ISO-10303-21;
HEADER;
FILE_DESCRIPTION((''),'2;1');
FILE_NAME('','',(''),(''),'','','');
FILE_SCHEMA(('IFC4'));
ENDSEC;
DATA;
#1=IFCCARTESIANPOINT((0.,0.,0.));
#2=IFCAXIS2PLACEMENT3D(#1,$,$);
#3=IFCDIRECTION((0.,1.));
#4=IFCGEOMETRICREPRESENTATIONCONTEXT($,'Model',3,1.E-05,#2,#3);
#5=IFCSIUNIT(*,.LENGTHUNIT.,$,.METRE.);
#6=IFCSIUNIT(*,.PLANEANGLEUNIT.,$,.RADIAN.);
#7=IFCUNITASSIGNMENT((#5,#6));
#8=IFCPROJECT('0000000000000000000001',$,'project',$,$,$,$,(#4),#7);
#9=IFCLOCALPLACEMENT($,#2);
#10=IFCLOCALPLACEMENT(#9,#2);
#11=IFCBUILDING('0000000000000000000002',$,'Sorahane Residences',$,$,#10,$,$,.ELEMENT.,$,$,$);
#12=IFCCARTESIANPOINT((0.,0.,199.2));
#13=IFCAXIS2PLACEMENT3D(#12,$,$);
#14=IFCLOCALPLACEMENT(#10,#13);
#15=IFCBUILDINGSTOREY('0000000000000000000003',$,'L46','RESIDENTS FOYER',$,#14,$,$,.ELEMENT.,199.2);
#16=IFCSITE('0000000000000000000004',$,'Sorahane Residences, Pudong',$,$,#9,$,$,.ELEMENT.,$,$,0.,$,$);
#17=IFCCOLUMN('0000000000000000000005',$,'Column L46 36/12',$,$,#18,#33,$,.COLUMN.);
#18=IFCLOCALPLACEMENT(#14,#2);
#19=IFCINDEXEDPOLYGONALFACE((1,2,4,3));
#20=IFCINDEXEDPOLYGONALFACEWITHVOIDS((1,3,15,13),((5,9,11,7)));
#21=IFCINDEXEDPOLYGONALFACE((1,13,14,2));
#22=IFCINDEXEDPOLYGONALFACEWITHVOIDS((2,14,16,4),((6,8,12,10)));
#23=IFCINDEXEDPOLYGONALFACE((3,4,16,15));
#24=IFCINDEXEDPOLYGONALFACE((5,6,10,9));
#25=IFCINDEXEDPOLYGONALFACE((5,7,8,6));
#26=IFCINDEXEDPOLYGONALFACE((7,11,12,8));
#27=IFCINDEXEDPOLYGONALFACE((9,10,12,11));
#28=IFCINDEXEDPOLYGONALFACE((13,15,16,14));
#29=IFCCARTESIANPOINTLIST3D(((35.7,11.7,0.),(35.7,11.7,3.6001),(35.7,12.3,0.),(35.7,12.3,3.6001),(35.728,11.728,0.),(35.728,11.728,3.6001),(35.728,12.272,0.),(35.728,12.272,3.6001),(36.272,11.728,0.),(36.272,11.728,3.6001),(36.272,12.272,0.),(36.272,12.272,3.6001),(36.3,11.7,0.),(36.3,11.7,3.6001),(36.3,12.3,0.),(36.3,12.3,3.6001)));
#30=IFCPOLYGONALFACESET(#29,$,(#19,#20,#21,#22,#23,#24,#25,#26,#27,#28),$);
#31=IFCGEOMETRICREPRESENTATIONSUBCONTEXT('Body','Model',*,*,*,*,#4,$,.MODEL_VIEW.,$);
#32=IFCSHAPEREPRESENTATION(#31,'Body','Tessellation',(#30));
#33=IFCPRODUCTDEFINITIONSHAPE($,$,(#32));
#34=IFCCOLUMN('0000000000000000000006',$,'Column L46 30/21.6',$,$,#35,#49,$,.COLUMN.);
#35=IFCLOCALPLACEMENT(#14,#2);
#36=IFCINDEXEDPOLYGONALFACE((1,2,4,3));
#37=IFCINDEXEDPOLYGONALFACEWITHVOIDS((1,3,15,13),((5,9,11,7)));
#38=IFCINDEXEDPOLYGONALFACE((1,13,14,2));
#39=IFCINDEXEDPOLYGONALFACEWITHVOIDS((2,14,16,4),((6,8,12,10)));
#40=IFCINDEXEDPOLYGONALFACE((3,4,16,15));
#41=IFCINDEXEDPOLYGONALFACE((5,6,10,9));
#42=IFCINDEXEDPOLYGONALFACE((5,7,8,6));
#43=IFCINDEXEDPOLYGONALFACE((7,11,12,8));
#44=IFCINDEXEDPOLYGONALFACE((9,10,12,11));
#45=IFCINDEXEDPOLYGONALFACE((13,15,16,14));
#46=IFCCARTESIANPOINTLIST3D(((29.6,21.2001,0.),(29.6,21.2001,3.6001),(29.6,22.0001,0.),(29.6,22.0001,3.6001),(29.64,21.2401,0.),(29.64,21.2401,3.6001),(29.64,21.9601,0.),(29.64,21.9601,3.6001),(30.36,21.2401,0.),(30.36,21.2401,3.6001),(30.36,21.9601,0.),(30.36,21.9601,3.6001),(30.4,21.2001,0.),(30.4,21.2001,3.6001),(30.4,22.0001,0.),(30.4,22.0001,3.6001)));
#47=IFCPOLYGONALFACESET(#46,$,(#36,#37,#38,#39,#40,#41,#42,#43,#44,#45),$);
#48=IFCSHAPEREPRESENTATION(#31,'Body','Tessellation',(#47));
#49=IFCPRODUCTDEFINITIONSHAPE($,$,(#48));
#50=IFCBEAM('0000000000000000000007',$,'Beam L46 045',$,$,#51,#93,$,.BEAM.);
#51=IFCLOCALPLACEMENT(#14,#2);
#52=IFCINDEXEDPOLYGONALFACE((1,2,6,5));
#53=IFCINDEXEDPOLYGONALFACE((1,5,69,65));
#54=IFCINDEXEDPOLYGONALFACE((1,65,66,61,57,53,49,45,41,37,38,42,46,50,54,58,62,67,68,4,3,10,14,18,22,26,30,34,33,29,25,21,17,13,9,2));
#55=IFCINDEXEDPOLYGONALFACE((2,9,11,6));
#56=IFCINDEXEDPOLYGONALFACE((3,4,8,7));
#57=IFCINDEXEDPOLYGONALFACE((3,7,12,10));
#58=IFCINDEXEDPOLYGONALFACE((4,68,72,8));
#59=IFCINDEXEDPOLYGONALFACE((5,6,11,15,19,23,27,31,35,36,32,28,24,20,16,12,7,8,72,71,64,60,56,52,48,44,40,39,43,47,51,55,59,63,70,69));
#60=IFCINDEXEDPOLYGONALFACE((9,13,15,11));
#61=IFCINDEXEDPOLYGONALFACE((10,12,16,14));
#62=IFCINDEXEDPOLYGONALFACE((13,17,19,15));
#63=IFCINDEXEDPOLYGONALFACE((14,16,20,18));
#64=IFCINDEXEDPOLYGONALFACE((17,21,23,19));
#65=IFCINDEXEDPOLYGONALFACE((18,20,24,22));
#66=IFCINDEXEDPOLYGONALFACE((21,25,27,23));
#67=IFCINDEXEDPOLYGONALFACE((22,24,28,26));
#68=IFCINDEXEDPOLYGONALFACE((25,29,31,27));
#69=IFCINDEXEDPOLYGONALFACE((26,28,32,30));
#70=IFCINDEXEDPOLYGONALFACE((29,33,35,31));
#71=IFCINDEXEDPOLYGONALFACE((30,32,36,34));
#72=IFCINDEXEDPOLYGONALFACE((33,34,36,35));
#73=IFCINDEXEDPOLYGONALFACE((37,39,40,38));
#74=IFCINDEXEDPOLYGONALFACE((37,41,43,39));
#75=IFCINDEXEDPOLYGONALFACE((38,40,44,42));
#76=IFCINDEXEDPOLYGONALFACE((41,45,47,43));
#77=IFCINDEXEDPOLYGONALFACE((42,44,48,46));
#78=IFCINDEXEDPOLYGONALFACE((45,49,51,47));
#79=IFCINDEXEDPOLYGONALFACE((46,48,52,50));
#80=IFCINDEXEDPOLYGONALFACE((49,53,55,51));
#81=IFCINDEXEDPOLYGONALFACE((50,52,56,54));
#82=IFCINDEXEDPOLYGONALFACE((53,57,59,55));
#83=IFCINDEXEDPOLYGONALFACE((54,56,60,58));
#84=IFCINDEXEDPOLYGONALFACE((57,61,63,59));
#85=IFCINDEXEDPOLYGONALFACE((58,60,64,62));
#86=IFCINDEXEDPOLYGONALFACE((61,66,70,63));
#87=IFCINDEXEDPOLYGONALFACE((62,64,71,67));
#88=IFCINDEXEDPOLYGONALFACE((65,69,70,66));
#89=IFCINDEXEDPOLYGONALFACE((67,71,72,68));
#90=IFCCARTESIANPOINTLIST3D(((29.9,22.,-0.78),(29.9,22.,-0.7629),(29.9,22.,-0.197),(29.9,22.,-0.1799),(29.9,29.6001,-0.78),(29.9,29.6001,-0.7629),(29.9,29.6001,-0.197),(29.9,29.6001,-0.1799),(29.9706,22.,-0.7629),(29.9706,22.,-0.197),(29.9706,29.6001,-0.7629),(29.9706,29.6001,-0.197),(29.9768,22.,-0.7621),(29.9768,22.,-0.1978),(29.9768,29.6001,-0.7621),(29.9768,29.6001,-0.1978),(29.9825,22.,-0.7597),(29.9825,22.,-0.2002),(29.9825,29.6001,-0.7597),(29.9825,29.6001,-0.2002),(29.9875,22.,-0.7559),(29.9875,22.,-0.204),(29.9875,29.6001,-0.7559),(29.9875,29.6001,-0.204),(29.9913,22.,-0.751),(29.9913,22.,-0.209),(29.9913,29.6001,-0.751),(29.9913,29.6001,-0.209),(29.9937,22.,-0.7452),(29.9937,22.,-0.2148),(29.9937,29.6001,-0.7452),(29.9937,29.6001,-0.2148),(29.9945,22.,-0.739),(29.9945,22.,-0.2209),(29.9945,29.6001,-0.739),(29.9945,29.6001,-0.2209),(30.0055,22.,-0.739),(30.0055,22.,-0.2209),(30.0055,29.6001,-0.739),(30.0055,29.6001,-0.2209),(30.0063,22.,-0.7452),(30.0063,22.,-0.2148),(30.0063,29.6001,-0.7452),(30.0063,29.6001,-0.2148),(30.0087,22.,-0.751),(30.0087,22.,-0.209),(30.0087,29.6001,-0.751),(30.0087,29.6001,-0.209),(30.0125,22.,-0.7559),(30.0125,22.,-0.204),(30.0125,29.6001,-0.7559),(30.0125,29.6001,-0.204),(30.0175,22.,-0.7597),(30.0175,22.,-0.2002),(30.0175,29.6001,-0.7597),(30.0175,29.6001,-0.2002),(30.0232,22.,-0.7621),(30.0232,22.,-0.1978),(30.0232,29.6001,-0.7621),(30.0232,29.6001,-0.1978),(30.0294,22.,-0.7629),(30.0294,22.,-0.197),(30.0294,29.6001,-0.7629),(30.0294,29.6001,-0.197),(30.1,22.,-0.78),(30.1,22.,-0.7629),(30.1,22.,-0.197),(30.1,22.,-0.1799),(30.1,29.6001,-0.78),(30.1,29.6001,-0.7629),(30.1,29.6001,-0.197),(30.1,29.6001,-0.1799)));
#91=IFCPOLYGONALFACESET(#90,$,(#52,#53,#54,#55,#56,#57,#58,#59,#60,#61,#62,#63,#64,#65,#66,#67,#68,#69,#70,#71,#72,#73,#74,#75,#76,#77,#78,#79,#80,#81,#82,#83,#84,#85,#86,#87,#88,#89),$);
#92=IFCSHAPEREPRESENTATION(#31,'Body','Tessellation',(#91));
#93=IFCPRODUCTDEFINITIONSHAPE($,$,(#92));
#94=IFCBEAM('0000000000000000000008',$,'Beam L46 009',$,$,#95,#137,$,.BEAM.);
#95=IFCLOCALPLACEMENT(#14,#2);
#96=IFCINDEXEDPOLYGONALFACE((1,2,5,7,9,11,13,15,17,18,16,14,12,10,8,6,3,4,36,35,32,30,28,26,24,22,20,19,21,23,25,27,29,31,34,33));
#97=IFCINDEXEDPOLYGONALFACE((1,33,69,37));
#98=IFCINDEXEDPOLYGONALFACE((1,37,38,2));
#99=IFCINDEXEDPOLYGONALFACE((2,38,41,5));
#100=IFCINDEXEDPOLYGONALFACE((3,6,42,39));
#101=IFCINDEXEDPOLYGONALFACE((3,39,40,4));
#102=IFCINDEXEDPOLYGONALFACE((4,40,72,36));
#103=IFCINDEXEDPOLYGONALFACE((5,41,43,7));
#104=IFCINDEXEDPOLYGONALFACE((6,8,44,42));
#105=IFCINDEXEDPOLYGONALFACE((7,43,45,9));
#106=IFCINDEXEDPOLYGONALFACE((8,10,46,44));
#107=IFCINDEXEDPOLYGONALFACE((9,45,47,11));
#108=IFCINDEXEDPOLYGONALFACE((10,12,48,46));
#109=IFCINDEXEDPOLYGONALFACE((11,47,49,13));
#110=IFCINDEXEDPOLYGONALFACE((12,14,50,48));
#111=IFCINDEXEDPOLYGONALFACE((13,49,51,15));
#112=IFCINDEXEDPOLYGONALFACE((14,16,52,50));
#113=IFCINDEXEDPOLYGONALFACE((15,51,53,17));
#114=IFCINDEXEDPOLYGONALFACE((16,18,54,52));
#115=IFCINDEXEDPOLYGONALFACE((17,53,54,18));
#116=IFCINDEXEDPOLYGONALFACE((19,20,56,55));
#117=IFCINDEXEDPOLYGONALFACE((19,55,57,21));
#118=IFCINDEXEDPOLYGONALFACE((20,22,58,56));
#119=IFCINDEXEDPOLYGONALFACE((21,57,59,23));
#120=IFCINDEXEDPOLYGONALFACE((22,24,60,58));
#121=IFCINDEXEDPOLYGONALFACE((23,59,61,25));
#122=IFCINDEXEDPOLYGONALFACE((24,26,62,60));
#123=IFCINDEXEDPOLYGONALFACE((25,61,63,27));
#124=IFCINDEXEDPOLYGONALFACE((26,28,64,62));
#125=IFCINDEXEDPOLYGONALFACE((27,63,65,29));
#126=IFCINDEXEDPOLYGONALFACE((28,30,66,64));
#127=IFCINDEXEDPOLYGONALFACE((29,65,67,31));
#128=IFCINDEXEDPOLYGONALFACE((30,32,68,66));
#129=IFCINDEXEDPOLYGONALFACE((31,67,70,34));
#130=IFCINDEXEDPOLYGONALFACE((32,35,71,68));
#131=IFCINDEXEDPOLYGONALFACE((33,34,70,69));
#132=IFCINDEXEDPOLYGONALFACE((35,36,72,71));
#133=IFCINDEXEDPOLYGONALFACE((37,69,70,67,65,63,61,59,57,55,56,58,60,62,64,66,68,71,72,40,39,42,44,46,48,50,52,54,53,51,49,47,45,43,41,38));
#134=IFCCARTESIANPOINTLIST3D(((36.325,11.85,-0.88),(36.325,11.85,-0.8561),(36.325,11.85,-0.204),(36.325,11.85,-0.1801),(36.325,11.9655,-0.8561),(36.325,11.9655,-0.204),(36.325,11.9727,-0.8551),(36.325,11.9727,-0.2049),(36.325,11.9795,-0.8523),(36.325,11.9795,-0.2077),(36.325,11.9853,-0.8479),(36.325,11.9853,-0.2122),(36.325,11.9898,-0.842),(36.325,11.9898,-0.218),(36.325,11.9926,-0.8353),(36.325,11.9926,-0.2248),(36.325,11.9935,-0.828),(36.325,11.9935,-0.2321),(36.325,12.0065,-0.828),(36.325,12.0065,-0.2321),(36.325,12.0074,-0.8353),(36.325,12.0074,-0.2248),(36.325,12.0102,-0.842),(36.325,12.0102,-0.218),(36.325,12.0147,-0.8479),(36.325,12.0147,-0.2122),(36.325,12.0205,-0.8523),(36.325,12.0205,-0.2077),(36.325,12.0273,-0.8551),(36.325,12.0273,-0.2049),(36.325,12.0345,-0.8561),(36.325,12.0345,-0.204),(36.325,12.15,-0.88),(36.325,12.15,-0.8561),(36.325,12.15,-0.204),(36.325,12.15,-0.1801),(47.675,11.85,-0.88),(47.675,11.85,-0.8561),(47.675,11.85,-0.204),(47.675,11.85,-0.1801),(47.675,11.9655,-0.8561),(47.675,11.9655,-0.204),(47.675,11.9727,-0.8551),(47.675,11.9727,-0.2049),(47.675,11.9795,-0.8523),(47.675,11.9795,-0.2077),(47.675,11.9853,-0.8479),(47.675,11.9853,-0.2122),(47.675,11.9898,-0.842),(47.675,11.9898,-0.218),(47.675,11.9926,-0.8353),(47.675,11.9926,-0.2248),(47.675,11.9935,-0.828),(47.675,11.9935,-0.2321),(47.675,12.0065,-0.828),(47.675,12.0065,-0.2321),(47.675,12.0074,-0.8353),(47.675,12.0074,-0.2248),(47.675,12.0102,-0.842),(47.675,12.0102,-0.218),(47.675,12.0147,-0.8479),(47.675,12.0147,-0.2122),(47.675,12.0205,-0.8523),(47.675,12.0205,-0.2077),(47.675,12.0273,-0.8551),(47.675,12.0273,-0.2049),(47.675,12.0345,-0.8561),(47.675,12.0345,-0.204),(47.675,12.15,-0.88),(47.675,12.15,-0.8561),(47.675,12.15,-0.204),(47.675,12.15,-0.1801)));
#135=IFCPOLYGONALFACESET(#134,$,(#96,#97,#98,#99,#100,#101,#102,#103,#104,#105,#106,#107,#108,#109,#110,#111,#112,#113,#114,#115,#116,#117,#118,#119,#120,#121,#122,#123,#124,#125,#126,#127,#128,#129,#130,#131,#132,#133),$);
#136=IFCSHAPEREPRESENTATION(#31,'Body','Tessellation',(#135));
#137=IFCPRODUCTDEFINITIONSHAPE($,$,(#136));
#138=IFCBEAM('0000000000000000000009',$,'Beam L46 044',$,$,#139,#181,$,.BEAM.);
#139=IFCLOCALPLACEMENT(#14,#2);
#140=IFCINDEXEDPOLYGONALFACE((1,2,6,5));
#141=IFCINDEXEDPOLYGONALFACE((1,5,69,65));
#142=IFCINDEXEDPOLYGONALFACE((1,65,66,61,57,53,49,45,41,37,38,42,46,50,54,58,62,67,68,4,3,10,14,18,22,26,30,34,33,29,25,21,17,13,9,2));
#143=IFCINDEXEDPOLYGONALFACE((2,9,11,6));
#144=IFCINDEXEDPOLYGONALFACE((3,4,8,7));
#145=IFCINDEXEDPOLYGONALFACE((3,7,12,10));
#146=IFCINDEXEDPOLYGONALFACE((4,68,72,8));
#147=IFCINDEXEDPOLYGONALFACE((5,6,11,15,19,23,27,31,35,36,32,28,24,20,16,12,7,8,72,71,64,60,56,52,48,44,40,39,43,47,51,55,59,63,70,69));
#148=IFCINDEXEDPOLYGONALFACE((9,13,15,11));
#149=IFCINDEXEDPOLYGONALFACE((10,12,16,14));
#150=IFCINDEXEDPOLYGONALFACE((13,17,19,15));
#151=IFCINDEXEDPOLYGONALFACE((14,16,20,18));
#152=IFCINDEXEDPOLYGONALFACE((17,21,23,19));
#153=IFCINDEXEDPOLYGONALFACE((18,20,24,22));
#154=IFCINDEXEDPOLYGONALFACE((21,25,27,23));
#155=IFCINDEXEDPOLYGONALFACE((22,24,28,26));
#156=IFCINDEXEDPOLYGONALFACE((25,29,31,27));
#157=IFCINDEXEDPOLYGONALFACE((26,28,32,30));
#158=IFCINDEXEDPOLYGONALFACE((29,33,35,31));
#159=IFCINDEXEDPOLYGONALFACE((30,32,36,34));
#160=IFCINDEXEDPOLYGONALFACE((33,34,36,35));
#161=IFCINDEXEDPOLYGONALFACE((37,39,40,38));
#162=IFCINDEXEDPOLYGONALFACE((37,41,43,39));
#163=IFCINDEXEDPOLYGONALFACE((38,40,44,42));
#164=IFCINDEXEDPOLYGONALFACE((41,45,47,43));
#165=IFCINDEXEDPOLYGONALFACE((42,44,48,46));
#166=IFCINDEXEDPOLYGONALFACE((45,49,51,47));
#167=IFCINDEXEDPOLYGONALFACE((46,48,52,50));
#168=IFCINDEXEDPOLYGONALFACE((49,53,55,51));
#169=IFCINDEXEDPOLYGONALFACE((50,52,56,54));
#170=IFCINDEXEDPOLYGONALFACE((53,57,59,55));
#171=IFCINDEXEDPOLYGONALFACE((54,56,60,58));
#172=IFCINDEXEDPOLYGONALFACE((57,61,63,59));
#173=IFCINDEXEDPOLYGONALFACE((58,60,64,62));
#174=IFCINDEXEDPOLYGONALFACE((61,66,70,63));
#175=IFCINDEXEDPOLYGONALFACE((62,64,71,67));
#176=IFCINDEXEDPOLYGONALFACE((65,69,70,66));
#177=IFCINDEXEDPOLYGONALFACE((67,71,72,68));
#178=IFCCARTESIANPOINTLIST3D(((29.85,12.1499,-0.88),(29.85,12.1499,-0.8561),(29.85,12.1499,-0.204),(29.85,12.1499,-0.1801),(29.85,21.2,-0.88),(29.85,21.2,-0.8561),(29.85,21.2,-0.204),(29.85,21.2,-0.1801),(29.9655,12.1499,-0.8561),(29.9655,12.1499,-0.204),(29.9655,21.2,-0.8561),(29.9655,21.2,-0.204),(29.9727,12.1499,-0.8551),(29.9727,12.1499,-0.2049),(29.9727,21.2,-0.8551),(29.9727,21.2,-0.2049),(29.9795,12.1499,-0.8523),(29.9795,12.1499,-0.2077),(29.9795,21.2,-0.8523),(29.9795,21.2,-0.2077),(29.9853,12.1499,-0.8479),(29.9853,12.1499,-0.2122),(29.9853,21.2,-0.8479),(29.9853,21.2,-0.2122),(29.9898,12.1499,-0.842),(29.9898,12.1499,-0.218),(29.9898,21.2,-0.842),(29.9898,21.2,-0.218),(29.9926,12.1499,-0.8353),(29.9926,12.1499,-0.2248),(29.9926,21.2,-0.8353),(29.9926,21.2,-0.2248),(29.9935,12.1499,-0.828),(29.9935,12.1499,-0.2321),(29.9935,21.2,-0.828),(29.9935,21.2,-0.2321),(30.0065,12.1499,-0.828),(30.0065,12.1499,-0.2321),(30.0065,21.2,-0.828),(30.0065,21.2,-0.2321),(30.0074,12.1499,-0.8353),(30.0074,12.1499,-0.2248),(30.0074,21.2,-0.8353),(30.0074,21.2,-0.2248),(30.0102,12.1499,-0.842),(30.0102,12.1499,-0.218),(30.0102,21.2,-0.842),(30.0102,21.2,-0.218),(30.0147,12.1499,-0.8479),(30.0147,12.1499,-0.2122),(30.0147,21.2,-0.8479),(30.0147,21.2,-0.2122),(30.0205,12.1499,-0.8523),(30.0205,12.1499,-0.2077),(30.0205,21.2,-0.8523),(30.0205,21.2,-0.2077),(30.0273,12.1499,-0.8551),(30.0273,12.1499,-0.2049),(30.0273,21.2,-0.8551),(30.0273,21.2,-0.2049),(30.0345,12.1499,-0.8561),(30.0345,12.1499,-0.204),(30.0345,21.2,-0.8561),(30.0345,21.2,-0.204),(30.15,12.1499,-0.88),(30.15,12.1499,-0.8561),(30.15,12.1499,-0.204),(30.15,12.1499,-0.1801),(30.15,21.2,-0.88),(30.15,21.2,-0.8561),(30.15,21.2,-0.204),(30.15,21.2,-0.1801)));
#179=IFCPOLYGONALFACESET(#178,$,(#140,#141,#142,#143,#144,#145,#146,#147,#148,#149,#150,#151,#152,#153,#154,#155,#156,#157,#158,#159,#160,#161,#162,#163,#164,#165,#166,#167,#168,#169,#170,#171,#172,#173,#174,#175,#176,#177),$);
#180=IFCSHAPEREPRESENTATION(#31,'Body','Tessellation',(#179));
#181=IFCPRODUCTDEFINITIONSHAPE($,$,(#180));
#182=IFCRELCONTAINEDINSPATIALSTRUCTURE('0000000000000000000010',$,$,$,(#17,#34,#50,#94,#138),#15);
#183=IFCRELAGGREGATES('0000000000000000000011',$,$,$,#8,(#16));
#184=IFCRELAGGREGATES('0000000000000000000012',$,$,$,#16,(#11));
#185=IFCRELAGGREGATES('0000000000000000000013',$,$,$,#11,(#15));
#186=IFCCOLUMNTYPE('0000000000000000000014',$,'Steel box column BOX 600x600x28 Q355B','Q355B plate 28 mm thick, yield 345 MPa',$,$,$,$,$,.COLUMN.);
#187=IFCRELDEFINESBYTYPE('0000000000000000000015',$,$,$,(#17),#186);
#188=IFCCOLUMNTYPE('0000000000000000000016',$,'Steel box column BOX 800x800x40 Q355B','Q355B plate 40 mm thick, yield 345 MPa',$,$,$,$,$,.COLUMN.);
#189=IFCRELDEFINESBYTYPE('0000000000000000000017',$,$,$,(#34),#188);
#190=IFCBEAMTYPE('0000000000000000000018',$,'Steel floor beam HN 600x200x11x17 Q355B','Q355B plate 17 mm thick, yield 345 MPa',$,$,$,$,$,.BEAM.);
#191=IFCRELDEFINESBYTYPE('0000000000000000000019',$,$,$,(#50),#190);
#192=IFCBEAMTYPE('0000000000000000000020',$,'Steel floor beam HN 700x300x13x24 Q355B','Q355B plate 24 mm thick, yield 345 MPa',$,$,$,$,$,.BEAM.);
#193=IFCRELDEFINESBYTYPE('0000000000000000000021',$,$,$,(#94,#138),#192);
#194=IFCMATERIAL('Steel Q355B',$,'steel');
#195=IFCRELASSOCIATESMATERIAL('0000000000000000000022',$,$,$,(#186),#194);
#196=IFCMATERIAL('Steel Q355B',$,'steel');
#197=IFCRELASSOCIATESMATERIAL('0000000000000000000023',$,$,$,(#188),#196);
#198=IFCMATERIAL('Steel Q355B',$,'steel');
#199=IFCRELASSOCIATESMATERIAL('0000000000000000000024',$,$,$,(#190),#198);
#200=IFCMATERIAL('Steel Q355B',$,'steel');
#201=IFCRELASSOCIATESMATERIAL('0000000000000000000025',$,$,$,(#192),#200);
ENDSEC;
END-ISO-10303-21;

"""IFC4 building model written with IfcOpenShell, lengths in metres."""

from ifc_helpers import new_model, si_unit, direction, frame, origin, origin_2d, place, context, subcontext, project, spatial, hollow_rectangle, i_section, extrude, material, material_profile, profile_set, type_object, element, save


model = new_model("IFC4")

# Units and contexts
model_context = context("Model", 3, precision=1e-05, world=origin(), true_north=direction((0.0, 1.0)))
body_context = subcontext(model_context, "Body", "Model", "MODEL_VIEW")
ifc_project = project(units=[si_unit("LENGTHUNIT", "METRE"), si_unit("PLANEANGLEUNIT", "RADIAN")], contexts=[model_context])

# Site, building, storey
site_placement = place(None, origin())
site = spatial("IfcSite", under=ifc_project, at=site_placement, Name="Sorahane Residences, Pudong", CompositionType="ELEMENT", RefElevation=0.0)
building_placement = place(site_placement, origin())
building = spatial("IfcBuilding", under=site, at=building_placement, Name="Sorahane Residences", CompositionType="ELEMENT")
storey_placement = place(building_placement, frame((0.0, 0.0, 199.2)))
storey = spatial("IfcBuildingStorey", under=building, at=storey_placement, Name="L46", Description="RESIDENTS FOYER", CompositionType="ELEMENT", Elevation=199.2)

# Columns
ifc_material_1 = material(Name="Steel Q355B", Category="steel")
ifc_material_profile_1 = material_profile(ifc_material_1, hollow_rectangle(XDim=0.6001, YDim=0.6001, WallThickness=0.0281, at=origin_2d()), Name="BOX 600x600x28")
ifc_profile_set_1 = profile_set([ifc_material_profile_1], Name="Steel Q355B")
column_type_1 = type_object("IfcColumnType", Name="Steel box column BOX 600x600x28 Q355B", Description="Q355B plate 28 mm thick, yield 345 MPa", PredefinedType="COLUMN", material=ifc_profile_set_1)
column_1_placement = place(storey_placement, frame((36.0, 12.0, 0.0), z_axis=(0.0, 0.0, 1.0), x_axis=(1.0, 0.0, 0.0)))
element("IfcColumn", 1, at=column_1_placement, inside=storey, type_object=column_type_1, Name="Column L46 36/12", PredefinedType="COLUMN", context=body_context, shape_type="SweptSolid", body=[
    extrude(hollow_rectangle(XDim=0.6001, YDim=0.6001, WallThickness=0.0281, at=origin_2d()), origin(), (0.0, 0.0, 1.0), 3.6001),
])
ifc_material_2 = material(Name="Steel Q355B", Category="steel")
ifc_material_profile_2 = material_profile(ifc_material_2, hollow_rectangle(XDim=0.8, YDim=0.8, WallThickness=0.04, at=origin_2d()), Name="BOX 800x800x40")
ifc_profile_set_2 = profile_set([ifc_material_profile_2], Name="Steel Q355B")
column_type_2 = type_object("IfcColumnType", Name="Steel box column BOX 800x800x40 Q355B", Description="Q355B plate 40 mm thick, yield 345 MPa", PredefinedType="COLUMN", material=ifc_profile_set_2)
column_2_placement = place(storey_placement, frame((30.0, 21.6001, 0.0), z_axis=(0.0, 0.0, 1.0), x_axis=(1.0, 0.0, 0.0)))
element("IfcColumn", 2, at=column_2_placement, inside=storey, type_object=column_type_2, Name="Column L46 30/21.6", PredefinedType="COLUMN", context=body_context, shape_type="SweptSolid", body=[
    extrude(hollow_rectangle(XDim=0.8, YDim=0.8, WallThickness=0.04, at=origin_2d()), origin(), (0.0, 0.0, 1.0), 3.6001),
])

# Beams
ifc_material_3 = material(Name="Steel Q355B", Category="steel")
ifc_material_profile_3 = material_profile(ifc_material_3, i_section(OverallWidth=0.2, OverallDepth=0.6001, WebThickness=0.011, FlangeThickness=0.0171, FilletRadius=0.0239, at=origin_2d()), Name="HN 600x200x11x17")
ifc_profile_set_3 = profile_set([ifc_material_profile_3], Name="Steel Q355B")
beam_type_1 = type_object("IfcBeamType", Name="Steel floor beam HN 600x200x11x17 Q355B", Description="Q355B plate 17 mm thick, yield 345 MPa", PredefinedType="BEAM", material=ifc_profile_set_3)
beam_1_placement = place(storey_placement, frame((30.0, 22.0, -0.48), z_axis=(0.0, 1.0, 0.0), x_axis=(-1.0, 0.0, 0.0)))
element("IfcBeam", 3, at=beam_1_placement, inside=storey, type_object=beam_type_1, Name="Beam L46 045", PredefinedType="BEAM", context=body_context, shape_type="SweptSolid", body=[
    extrude(i_section(OverallWidth=0.2, OverallDepth=0.6001, WebThickness=0.011, FlangeThickness=0.0171, FilletRadius=0.0239, at=origin_2d()), origin(), (0.0, 0.0, 1.0), 7.6001),
])
ifc_material_4 = material(Name="Steel Q355B", Category="steel")
ifc_material_profile_4 = material_profile(ifc_material_4, i_section(OverallWidth=0.3, OverallDepth=0.7, WebThickness=0.0129, FlangeThickness=0.0239, FilletRadius=0.0281, at=origin_2d()), Name="HN 700x300x13x24")
ifc_profile_set_4 = profile_set([ifc_material_profile_4], Name="Steel Q355B")
beam_type_2 = type_object("IfcBeamType", Name="Steel floor beam HN 700x300x13x24 Q355B", Description="Q355B plate 24 mm thick, yield 345 MPa", PredefinedType="BEAM", material=ifc_profile_set_4)
beam_2_placement = place(storey_placement, frame((36.325, 12.0, -0.53), z_axis=(1.0, 0.0, 0.0), x_axis=(0.0, 1.0, 0.0)))
element("IfcBeam", 4, at=beam_2_placement, inside=storey, type_object=beam_type_2, Name="Beam L46 009", PredefinedType="BEAM", context=body_context, shape_type="SweptSolid", body=[
    extrude(i_section(OverallWidth=0.3, OverallDepth=0.7, WebThickness=0.0129, FlangeThickness=0.0239, FilletRadius=0.0281, at=origin_2d()), origin(), (0.0, 0.0, 1.0), 11.3501),
])
beam_3_placement = place(storey_placement, frame((30.0, 12.1499, -0.53), z_axis=(0.0, 1.0, 0.0), x_axis=(-1.0, 0.0, 0.0)))
element("IfcBeam", 5, at=beam_3_placement, inside=storey, type_object=beam_type_2, Name="Beam L46 044", PredefinedType="BEAM", context=body_context, shape_type="SweptSolid", body=[
    extrude(i_section(OverallWidth=0.3, OverallDepth=0.7, WebThickness=0.0129, FlangeThickness=0.0239, FilletRadius=0.0281, at=origin_2d()), origin(), (0.0, 0.0, 1.0), 9.05),
])

save(model, "model.ifc")
